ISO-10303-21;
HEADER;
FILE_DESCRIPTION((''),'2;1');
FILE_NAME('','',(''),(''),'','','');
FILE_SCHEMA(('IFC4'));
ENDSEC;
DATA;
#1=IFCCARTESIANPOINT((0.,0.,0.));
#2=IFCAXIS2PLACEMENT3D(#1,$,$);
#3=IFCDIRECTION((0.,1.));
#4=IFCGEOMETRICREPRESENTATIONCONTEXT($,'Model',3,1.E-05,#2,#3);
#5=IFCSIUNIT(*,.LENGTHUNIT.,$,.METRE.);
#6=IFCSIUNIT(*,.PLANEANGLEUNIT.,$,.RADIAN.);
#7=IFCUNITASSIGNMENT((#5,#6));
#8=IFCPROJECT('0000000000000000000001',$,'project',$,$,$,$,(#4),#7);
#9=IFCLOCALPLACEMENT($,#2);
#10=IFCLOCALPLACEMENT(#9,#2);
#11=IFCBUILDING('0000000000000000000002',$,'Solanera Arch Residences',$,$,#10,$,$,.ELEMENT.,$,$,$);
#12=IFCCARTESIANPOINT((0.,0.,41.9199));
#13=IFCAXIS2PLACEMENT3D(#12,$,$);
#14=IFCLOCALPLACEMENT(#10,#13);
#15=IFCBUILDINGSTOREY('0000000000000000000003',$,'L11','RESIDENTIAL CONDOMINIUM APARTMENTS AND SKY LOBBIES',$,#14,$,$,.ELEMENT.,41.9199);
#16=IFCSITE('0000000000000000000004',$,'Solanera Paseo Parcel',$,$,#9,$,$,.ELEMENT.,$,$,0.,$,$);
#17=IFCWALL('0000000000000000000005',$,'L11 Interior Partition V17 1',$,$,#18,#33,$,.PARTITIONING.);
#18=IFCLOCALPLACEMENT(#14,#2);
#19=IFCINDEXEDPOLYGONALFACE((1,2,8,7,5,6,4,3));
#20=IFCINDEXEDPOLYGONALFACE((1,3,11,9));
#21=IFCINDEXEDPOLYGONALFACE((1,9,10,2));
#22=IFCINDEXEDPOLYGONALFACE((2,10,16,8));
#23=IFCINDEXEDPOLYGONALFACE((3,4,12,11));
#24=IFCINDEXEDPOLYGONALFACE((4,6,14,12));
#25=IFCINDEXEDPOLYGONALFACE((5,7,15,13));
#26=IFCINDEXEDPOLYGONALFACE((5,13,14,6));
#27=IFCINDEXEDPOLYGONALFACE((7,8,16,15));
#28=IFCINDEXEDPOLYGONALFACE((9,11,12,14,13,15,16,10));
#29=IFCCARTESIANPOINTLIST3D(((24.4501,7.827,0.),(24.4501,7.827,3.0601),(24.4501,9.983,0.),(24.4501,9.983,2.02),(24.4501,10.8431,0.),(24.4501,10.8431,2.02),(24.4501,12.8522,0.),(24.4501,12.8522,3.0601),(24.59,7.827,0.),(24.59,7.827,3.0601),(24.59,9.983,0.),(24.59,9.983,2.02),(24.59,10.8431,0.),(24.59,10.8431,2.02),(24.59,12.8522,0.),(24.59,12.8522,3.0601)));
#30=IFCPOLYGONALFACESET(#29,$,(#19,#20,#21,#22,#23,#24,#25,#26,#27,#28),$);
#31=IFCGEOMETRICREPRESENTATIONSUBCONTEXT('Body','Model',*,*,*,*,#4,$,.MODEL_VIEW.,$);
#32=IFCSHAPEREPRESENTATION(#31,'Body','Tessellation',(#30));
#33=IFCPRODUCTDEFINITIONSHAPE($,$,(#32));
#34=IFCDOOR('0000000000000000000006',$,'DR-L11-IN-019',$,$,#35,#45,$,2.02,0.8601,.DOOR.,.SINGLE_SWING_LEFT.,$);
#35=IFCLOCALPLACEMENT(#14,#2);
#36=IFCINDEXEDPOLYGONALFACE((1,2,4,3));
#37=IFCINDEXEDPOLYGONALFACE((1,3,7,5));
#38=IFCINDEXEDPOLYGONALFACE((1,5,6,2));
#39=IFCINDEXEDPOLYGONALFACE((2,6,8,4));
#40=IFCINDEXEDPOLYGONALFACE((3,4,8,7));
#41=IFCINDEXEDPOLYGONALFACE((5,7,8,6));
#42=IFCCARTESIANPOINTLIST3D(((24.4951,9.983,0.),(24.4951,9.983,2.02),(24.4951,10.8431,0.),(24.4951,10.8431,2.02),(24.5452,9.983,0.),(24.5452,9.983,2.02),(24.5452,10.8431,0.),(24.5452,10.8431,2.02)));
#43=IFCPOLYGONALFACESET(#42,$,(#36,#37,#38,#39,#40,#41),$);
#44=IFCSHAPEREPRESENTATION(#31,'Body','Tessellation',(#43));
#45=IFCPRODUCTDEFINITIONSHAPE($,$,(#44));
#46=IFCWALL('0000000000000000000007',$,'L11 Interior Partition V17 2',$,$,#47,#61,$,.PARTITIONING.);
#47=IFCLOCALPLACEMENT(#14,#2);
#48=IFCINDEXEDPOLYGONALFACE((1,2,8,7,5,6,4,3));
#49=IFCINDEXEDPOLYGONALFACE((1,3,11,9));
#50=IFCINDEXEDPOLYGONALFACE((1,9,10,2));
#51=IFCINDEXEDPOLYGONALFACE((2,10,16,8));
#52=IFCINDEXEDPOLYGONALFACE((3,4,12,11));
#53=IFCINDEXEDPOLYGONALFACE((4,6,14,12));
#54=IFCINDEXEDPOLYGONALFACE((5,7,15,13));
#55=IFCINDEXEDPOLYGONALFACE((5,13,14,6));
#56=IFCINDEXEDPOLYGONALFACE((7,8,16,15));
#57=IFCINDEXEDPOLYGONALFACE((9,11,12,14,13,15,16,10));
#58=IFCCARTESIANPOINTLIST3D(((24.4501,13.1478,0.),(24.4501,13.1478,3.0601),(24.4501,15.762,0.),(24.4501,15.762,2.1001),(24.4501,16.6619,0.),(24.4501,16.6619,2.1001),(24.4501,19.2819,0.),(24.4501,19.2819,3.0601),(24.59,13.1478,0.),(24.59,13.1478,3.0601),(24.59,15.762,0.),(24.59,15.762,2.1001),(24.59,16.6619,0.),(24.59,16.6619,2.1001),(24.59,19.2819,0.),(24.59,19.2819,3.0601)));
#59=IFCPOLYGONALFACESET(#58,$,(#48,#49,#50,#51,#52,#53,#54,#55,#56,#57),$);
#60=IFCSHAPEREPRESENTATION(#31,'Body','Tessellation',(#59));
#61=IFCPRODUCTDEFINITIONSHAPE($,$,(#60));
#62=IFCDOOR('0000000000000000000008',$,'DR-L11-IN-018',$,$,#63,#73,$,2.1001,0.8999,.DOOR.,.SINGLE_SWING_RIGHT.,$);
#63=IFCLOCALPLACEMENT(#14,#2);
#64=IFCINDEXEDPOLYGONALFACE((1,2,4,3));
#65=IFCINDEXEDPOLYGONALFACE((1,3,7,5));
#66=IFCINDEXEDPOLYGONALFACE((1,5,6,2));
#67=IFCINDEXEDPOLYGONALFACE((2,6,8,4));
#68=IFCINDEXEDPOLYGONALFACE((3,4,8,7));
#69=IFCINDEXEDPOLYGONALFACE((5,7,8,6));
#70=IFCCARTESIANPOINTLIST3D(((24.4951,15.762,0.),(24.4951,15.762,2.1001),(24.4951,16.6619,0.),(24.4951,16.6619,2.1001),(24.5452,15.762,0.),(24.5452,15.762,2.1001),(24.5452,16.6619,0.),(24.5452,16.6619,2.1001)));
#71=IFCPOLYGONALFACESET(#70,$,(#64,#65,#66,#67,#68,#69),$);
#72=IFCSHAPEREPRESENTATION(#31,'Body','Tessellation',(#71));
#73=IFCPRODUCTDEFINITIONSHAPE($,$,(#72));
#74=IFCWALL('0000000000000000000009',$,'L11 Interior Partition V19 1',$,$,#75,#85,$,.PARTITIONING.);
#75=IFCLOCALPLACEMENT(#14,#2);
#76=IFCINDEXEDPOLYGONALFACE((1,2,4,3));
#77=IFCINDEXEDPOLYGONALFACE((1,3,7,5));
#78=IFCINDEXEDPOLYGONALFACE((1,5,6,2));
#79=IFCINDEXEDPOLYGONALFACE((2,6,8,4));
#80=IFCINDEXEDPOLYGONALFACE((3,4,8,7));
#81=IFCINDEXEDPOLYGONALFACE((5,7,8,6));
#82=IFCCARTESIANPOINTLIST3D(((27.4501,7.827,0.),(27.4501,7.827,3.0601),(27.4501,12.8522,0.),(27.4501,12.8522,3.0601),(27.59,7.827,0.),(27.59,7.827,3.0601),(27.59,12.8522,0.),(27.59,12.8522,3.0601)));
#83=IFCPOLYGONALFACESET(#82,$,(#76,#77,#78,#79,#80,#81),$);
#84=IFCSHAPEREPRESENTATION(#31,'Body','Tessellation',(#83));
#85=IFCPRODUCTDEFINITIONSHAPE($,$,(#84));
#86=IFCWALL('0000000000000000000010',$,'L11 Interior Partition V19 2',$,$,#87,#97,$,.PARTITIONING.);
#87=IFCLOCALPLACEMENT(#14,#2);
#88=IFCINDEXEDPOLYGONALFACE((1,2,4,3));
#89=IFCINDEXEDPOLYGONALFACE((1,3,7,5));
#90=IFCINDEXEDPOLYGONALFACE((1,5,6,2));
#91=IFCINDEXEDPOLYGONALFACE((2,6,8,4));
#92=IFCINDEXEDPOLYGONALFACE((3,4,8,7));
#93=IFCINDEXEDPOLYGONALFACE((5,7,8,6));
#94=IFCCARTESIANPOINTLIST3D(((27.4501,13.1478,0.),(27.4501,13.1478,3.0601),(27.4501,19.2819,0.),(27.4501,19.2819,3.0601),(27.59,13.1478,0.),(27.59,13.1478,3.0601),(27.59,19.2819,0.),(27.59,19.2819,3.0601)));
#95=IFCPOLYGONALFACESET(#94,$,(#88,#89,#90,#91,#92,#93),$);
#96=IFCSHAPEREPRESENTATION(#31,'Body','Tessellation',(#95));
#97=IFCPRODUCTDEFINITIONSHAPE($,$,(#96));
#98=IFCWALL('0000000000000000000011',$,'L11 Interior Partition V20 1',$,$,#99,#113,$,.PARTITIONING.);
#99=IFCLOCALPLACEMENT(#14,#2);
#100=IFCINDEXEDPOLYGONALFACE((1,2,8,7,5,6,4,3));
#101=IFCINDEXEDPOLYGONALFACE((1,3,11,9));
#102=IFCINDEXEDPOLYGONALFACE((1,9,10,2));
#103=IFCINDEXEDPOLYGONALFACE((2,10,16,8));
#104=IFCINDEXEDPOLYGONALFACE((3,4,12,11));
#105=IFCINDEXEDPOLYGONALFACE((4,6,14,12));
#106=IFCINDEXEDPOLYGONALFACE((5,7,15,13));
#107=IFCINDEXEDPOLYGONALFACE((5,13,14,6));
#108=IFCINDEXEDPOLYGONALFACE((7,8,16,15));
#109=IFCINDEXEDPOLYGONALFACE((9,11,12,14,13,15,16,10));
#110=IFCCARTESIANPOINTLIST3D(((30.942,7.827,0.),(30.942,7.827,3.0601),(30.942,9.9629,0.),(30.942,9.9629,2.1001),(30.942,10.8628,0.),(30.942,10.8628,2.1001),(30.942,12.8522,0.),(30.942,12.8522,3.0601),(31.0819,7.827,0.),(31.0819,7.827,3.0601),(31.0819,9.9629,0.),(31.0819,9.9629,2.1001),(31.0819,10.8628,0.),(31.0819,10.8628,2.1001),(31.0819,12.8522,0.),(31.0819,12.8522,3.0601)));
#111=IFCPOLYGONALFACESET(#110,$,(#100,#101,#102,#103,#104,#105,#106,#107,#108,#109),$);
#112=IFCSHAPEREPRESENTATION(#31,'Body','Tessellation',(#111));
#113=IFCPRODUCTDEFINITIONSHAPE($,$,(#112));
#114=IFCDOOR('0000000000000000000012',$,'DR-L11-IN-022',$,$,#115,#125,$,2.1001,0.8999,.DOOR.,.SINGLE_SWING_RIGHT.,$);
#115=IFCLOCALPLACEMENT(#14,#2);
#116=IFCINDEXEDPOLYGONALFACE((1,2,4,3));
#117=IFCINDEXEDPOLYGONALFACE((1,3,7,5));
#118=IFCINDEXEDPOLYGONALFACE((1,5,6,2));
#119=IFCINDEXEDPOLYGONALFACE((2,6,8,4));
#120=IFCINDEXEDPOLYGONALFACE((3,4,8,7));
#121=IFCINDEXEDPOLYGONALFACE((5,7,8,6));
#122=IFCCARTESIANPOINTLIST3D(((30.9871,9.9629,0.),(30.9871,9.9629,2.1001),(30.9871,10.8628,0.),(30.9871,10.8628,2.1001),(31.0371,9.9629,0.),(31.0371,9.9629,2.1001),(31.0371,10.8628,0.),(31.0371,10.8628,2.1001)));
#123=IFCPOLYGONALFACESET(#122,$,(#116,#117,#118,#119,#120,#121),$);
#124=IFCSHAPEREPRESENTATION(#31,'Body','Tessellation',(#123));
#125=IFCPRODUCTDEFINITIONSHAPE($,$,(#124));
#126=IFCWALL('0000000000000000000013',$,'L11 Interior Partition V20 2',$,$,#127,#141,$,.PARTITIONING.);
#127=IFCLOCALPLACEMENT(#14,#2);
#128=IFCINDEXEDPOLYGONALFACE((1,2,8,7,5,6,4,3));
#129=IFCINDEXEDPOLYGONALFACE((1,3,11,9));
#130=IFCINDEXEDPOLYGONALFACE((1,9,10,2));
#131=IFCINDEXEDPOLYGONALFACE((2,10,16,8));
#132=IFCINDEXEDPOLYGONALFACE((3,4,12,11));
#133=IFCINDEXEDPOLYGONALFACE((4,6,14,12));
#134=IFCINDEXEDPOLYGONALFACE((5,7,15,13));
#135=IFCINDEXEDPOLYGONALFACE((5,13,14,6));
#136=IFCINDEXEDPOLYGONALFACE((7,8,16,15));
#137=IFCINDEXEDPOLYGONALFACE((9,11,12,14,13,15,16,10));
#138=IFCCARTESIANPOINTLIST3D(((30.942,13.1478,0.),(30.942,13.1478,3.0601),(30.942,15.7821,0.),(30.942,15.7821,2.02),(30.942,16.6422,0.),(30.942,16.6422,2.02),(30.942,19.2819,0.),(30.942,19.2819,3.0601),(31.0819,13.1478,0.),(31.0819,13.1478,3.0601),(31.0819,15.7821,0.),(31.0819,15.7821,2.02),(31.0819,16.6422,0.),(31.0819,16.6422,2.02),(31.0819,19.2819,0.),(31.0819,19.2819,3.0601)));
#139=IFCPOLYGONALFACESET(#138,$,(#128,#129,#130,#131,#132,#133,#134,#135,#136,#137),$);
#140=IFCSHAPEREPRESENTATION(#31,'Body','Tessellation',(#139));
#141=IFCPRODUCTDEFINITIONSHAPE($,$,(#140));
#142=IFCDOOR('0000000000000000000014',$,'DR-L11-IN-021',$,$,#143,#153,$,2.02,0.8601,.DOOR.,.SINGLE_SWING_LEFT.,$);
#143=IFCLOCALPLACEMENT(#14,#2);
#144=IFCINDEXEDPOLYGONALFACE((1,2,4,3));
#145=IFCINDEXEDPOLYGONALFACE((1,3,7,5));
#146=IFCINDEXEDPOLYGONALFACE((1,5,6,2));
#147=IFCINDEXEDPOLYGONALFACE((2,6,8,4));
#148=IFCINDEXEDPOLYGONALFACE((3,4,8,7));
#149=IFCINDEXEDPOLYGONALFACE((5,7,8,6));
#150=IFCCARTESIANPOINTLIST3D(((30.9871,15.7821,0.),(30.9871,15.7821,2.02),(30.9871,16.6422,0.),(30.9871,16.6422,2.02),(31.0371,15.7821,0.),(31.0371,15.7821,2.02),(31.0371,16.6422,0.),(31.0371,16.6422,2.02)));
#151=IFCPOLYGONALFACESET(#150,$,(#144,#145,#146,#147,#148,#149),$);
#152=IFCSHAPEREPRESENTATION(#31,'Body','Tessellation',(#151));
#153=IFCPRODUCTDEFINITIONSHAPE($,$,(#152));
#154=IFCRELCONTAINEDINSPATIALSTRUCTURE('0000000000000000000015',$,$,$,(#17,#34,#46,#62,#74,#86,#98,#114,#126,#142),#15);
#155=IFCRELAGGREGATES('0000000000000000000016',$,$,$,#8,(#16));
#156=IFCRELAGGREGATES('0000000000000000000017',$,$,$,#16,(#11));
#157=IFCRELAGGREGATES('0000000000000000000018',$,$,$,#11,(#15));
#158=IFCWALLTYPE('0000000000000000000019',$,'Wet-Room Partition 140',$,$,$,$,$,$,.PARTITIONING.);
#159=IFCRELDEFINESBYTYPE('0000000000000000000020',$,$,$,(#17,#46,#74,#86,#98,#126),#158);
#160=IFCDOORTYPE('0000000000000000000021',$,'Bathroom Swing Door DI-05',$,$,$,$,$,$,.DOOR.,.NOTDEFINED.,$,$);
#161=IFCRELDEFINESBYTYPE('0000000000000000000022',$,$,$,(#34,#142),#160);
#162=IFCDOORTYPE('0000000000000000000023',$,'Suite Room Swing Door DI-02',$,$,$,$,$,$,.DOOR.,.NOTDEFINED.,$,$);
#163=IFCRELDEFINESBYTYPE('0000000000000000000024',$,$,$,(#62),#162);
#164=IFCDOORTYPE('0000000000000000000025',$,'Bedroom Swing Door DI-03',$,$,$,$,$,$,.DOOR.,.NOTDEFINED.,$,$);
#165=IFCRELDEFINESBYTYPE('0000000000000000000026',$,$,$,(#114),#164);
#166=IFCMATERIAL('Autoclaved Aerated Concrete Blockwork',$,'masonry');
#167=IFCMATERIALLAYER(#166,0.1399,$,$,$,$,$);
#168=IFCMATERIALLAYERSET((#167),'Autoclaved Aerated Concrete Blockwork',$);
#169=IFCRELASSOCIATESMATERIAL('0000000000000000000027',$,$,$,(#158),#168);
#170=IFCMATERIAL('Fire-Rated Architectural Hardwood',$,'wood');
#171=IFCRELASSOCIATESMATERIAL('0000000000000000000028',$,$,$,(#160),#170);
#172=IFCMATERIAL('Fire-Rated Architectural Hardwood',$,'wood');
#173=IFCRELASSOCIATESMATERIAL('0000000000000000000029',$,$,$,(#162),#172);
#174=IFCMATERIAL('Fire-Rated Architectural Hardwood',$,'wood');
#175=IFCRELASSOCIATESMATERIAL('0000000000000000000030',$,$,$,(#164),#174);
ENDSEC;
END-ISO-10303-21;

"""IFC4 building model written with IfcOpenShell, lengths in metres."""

from ifc_helpers import new_model, si_unit, direction, frame, frame_2d, origin, place, context, subcontext, project, spatial, rectangle, extrude, material, layer, layer_set, type_object, element, fill, save


model = new_model("IFC4")

# Units and contexts
model_context = context("Model", 3, precision=1e-05, world=origin(), true_north=direction((0.0, 1.0)))
body_context = subcontext(model_context, "Body", "Model", "MODEL_VIEW")
ifc_project = project(units=[si_unit("LENGTHUNIT", "METRE"), si_unit("PLANEANGLEUNIT", "RADIAN")], contexts=[model_context])

# Site, building, storey
site_placement = place(None, origin())
site = spatial("IfcSite", under=ifc_project, at=site_placement, Name="Solanera Paseo Parcel", CompositionType="ELEMENT", RefElevation=0.0)
building_placement = place(site_placement, origin())
building = spatial("IfcBuilding", under=site, at=building_placement, Name="Solanera Arch Residences", CompositionType="ELEMENT")
storey_placement = place(building_placement, frame((0.0, 0.0, 41.9199)))
storey = spatial("IfcBuildingStorey", under=building, at=storey_placement, Name="L11", Description="RESIDENTIAL CONDOMINIUM APARTMENTS AND SKY LOBBIES", CompositionType="ELEMENT", Elevation=41.9199)

# Shared definitions
ifc_material_1 = material(Name="Autoclaved Aerated Concrete Blockwork", Category="masonry")
ifc_layer_1 = layer(ifc_material_1, 0.1399)
ifc_layer_set_1 = layer_set([ifc_layer_1], Name="Autoclaved Aerated Concrete Blockwork")
wall_type_1 = type_object("IfcWallType", Name="Wet-Room Partition 140", PredefinedType="PARTITIONING", material=ifc_layer_set_1)

# Walls, openings, doors
wall_1_placement = place(storey_placement, frame((24.52, 7.8269, 0.0), z_axis=(0.0, 0.0, 1.0), x_axis=(0.0, 1.0, 0.0)))
wall_1 = element("IfcWall", 1, at=wall_1_placement, inside=storey, type_object=wall_type_1, Name="L11 Interior Partition V17 1", PredefinedType="PARTITIONING", context=body_context, shape_type="SweptSolid", body=[
    extrude(rectangle(XDim=5.0251, YDim=0.1399, at=frame_2d((2.5127, 0.0))), origin(), (0.0, 0.0, 1.0), 3.0601),
])
opening_1_placement = place(wall_1_placement, frame((2.156, 0.0, 0.0)))
opening_1 = element("IfcOpeningElement", 2, at=opening_1_placement, cuts=wall_1, PredefinedType="OPENING", context=body_context, shape_type="SweptSolid", body=[
    extrude(rectangle(XDim=0.8601, YDim=2.02, at=frame_2d((0.4302, 1.01))), frame((0.0, 0.0798, 0.0), z_axis=(0.0, -1.0, 0.0), x_axis=(1.0, 0.0, 0.0)), (0.0, 0.0, 1.0), 0.1599),
])
ifc_material_2 = material(Name="Fire-Rated Architectural Hardwood", Category="wood")
door_type_1 = type_object("IfcDoorType", Name="Bathroom Swing Door DI-05", OperationType="NOTDEFINED", PredefinedType="DOOR", material=ifc_material_2)
door_1_placement = place(opening_1_placement, origin())
door_1 = element("IfcDoor", 3, at=door_1_placement, inside=storey, type_object=door_type_1, Name="DR-L11-IN-019", OperationType="SINGLE_SWING_LEFT", OverallHeight=2.02, OverallWidth=0.8601, PredefinedType="DOOR", context=body_context, shape_type="SweptSolid", body=[
    extrude(rectangle(XDim=0.8601, YDim=2.02, at=frame_2d((0.4302, 1.01))), frame((0.0, 0.0249, 0.0), z_axis=(0.0, -1.0, 0.0), x_axis=(1.0, 0.0, 0.0)), (0.0, 0.0, 1.0), 0.05),
])
fill(opening_1, door_1)
wall_2_placement = place(storey_placement, frame((24.52, 13.1479, 0.0), z_axis=(0.0, 0.0, 1.0), x_axis=(0.0, 1.0, 0.0)))
wall_2 = element("IfcWall", 4, at=wall_2_placement, inside=storey, type_object=wall_type_1, Name="L11 Interior Partition V17 2", PredefinedType="PARTITIONING", context=body_context, shape_type="SweptSolid", body=[
    extrude(rectangle(XDim=6.134, YDim=0.1399, at=frame_2d((3.0669, 0.0))), origin(), (0.0, 0.0, 1.0), 3.0601),
])
opening_2_placement = place(wall_2_placement, frame((2.614, 0.0, 0.0)))
opening_2 = element("IfcOpeningElement", 5, at=opening_2_placement, cuts=wall_2, PredefinedType="OPENING", context=body_context, shape_type="SweptSolid", body=[
    extrude(rectangle(XDim=0.8999, YDim=2.1001, at=frame_2d((0.45, 1.05))), frame((0.0, 0.0798, 0.0), z_axis=(0.0, -1.0, 0.0), x_axis=(1.0, 0.0, 0.0)), (0.0, 0.0, 1.0), 0.1599),
])
ifc_material_3 = material(Name="Fire-Rated Architectural Hardwood", Category="wood")
door_type_2 = type_object("IfcDoorType", Name="Suite Room Swing Door DI-02", OperationType="NOTDEFINED", PredefinedType="DOOR", material=ifc_material_3)
door_2_placement = place(opening_2_placement, origin())
door_2 = element("IfcDoor", 6, at=door_2_placement, inside=storey, type_object=door_type_2, Name="DR-L11-IN-018", OperationType="SINGLE_SWING_RIGHT", OverallHeight=2.1001, OverallWidth=0.8999, PredefinedType="DOOR", context=body_context, shape_type="SweptSolid", body=[
    extrude(rectangle(XDim=0.8999, YDim=2.1001, at=frame_2d((0.45, 1.05))), frame((0.0, 0.0249, 0.0), z_axis=(0.0, -1.0, 0.0), x_axis=(1.0, 0.0, 0.0)), (0.0, 0.0, 1.0), 0.05),
])
fill(opening_2, door_2)

# Walls
wall_3_placement = place(storey_placement, frame((27.52, 7.8269, 0.0), z_axis=(0.0, 0.0, 1.0), x_axis=(0.0, 1.0, 0.0)))
element("IfcWall", 7, at=wall_3_placement, inside=storey, type_object=wall_type_1, Name="L11 Interior Partition V19 1", PredefinedType="PARTITIONING", context=body_context, shape_type="SweptSolid", body=[
    extrude(rectangle(XDim=5.0251, YDim=0.1399, at=frame_2d((2.5127, 0.0))), origin(), (0.0, 0.0, 1.0), 3.0601),
])
wall_4_placement = place(storey_placement, frame((27.52, 13.1479, 0.0), z_axis=(0.0, 0.0, 1.0), x_axis=(0.0, 1.0, 0.0)))
element("IfcWall", 8, at=wall_4_placement, inside=storey, type_object=wall_type_1, Name="L11 Interior Partition V19 2", PredefinedType="PARTITIONING", context=body_context, shape_type="SweptSolid", body=[
    extrude(rectangle(XDim=6.134, YDim=0.1399, at=frame_2d((3.0669, 0.0))), origin(), (0.0, 0.0, 1.0), 3.0601),
])

# Walls, openings, doors
wall_5_placement = place(storey_placement, frame((31.012, 7.8269, 0.0), z_axis=(0.0, 0.0, 1.0), x_axis=(0.0, 1.0, 0.0)))
wall_5 = element("IfcWall", 9, at=wall_5_placement, inside=storey, type_object=wall_type_1, Name="L11 Interior Partition V20 1", PredefinedType="PARTITIONING", context=body_context, shape_type="SweptSolid", body=[
    extrude(rectangle(XDim=5.0251, YDim=0.1399, at=frame_2d((2.5127, 0.0))), origin(), (0.0, 0.0, 1.0), 3.0601),
])
opening_3_placement = place(wall_5_placement, frame((2.136, 0.0, 0.0)))
opening_3 = element("IfcOpeningElement", 10, at=opening_3_placement, cuts=wall_5, PredefinedType="OPENING", context=body_context, shape_type="SweptSolid", body=[
    extrude(rectangle(XDim=0.8999, YDim=2.1001, at=frame_2d((0.45, 1.05))), frame((0.0, 0.0798, 0.0), z_axis=(0.0, -1.0, 0.0), x_axis=(1.0, 0.0, 0.0)), (0.0, 0.0, 1.0), 0.1599),
])
ifc_material_4 = material(Name="Fire-Rated Architectural Hardwood", Category="wood")
door_type_3 = type_object("IfcDoorType", Name="Bedroom Swing Door DI-03", OperationType="NOTDEFINED", PredefinedType="DOOR", material=ifc_material_4)
door_3_placement = place(opening_3_placement, origin())
door_3 = element("IfcDoor", 11, at=door_3_placement, inside=storey, type_object=door_type_3, Name="DR-L11-IN-022", OperationType="SINGLE_SWING_RIGHT", OverallHeight=2.1001, OverallWidth=0.8999, PredefinedType="DOOR", context=body_context, shape_type="SweptSolid", body=[
    extrude(rectangle(XDim=0.8999, YDim=2.1001, at=frame_2d((0.45, 1.05))), frame((0.0, 0.0249, 0.0), z_axis=(0.0, -1.0, 0.0), x_axis=(1.0, 0.0, 0.0)), (0.0, 0.0, 1.0), 0.05),
])
fill(opening_3, door_3)
wall_6_placement = place(storey_placement, frame((31.012, 13.1479, 0.0), z_axis=(0.0, 0.0, 1.0), x_axis=(0.0, 1.0, 0.0)))
wall_6 = element("IfcWall", 12, at=wall_6_placement, inside=storey, type_object=wall_type_1, Name="L11 Interior Partition V20 2", PredefinedType="PARTITIONING", context=body_context, shape_type="SweptSolid", body=[
    extrude(rectangle(XDim=6.134, YDim=0.1399, at=frame_2d((3.0669, 0.0))), origin(), (0.0, 0.0, 1.0), 3.0601),
])
opening_4_placement = place(wall_6_placement, frame((2.634, 0.0, 0.0)))
opening_4 = element("IfcOpeningElement", 13, at=opening_4_placement, cuts=wall_6, PredefinedType="OPENING", context=body_context, shape_type="SweptSolid", body=[
    extrude(rectangle(XDim=0.8601, YDim=2.02, at=frame_2d((0.4302, 1.01))), frame((0.0, 0.0798, 0.0), z_axis=(0.0, -1.0, 0.0), x_axis=(1.0, 0.0, 0.0)), (0.0, 0.0, 1.0), 0.1599),
])
door_4_placement = place(opening_4_placement, origin())
door_4 = element("IfcDoor", 14, at=door_4_placement, inside=storey, type_object=door_type_1, Name="DR-L11-IN-021", OperationType="SINGLE_SWING_LEFT", OverallHeight=2.02, OverallWidth=0.8601, PredefinedType="DOOR", context=body_context, shape_type="SweptSolid", body=[
    extrude(rectangle(XDim=0.8601, YDim=2.02, at=frame_2d((0.4302, 1.01))), frame((0.0, 0.0249, 0.0), z_axis=(0.0, -1.0, 0.0), x_axis=(1.0, 0.0, 0.0)), (0.0, 0.0, 1.0), 0.05),
])
fill(opening_4, door_4)

save(model, "model.ifc")
